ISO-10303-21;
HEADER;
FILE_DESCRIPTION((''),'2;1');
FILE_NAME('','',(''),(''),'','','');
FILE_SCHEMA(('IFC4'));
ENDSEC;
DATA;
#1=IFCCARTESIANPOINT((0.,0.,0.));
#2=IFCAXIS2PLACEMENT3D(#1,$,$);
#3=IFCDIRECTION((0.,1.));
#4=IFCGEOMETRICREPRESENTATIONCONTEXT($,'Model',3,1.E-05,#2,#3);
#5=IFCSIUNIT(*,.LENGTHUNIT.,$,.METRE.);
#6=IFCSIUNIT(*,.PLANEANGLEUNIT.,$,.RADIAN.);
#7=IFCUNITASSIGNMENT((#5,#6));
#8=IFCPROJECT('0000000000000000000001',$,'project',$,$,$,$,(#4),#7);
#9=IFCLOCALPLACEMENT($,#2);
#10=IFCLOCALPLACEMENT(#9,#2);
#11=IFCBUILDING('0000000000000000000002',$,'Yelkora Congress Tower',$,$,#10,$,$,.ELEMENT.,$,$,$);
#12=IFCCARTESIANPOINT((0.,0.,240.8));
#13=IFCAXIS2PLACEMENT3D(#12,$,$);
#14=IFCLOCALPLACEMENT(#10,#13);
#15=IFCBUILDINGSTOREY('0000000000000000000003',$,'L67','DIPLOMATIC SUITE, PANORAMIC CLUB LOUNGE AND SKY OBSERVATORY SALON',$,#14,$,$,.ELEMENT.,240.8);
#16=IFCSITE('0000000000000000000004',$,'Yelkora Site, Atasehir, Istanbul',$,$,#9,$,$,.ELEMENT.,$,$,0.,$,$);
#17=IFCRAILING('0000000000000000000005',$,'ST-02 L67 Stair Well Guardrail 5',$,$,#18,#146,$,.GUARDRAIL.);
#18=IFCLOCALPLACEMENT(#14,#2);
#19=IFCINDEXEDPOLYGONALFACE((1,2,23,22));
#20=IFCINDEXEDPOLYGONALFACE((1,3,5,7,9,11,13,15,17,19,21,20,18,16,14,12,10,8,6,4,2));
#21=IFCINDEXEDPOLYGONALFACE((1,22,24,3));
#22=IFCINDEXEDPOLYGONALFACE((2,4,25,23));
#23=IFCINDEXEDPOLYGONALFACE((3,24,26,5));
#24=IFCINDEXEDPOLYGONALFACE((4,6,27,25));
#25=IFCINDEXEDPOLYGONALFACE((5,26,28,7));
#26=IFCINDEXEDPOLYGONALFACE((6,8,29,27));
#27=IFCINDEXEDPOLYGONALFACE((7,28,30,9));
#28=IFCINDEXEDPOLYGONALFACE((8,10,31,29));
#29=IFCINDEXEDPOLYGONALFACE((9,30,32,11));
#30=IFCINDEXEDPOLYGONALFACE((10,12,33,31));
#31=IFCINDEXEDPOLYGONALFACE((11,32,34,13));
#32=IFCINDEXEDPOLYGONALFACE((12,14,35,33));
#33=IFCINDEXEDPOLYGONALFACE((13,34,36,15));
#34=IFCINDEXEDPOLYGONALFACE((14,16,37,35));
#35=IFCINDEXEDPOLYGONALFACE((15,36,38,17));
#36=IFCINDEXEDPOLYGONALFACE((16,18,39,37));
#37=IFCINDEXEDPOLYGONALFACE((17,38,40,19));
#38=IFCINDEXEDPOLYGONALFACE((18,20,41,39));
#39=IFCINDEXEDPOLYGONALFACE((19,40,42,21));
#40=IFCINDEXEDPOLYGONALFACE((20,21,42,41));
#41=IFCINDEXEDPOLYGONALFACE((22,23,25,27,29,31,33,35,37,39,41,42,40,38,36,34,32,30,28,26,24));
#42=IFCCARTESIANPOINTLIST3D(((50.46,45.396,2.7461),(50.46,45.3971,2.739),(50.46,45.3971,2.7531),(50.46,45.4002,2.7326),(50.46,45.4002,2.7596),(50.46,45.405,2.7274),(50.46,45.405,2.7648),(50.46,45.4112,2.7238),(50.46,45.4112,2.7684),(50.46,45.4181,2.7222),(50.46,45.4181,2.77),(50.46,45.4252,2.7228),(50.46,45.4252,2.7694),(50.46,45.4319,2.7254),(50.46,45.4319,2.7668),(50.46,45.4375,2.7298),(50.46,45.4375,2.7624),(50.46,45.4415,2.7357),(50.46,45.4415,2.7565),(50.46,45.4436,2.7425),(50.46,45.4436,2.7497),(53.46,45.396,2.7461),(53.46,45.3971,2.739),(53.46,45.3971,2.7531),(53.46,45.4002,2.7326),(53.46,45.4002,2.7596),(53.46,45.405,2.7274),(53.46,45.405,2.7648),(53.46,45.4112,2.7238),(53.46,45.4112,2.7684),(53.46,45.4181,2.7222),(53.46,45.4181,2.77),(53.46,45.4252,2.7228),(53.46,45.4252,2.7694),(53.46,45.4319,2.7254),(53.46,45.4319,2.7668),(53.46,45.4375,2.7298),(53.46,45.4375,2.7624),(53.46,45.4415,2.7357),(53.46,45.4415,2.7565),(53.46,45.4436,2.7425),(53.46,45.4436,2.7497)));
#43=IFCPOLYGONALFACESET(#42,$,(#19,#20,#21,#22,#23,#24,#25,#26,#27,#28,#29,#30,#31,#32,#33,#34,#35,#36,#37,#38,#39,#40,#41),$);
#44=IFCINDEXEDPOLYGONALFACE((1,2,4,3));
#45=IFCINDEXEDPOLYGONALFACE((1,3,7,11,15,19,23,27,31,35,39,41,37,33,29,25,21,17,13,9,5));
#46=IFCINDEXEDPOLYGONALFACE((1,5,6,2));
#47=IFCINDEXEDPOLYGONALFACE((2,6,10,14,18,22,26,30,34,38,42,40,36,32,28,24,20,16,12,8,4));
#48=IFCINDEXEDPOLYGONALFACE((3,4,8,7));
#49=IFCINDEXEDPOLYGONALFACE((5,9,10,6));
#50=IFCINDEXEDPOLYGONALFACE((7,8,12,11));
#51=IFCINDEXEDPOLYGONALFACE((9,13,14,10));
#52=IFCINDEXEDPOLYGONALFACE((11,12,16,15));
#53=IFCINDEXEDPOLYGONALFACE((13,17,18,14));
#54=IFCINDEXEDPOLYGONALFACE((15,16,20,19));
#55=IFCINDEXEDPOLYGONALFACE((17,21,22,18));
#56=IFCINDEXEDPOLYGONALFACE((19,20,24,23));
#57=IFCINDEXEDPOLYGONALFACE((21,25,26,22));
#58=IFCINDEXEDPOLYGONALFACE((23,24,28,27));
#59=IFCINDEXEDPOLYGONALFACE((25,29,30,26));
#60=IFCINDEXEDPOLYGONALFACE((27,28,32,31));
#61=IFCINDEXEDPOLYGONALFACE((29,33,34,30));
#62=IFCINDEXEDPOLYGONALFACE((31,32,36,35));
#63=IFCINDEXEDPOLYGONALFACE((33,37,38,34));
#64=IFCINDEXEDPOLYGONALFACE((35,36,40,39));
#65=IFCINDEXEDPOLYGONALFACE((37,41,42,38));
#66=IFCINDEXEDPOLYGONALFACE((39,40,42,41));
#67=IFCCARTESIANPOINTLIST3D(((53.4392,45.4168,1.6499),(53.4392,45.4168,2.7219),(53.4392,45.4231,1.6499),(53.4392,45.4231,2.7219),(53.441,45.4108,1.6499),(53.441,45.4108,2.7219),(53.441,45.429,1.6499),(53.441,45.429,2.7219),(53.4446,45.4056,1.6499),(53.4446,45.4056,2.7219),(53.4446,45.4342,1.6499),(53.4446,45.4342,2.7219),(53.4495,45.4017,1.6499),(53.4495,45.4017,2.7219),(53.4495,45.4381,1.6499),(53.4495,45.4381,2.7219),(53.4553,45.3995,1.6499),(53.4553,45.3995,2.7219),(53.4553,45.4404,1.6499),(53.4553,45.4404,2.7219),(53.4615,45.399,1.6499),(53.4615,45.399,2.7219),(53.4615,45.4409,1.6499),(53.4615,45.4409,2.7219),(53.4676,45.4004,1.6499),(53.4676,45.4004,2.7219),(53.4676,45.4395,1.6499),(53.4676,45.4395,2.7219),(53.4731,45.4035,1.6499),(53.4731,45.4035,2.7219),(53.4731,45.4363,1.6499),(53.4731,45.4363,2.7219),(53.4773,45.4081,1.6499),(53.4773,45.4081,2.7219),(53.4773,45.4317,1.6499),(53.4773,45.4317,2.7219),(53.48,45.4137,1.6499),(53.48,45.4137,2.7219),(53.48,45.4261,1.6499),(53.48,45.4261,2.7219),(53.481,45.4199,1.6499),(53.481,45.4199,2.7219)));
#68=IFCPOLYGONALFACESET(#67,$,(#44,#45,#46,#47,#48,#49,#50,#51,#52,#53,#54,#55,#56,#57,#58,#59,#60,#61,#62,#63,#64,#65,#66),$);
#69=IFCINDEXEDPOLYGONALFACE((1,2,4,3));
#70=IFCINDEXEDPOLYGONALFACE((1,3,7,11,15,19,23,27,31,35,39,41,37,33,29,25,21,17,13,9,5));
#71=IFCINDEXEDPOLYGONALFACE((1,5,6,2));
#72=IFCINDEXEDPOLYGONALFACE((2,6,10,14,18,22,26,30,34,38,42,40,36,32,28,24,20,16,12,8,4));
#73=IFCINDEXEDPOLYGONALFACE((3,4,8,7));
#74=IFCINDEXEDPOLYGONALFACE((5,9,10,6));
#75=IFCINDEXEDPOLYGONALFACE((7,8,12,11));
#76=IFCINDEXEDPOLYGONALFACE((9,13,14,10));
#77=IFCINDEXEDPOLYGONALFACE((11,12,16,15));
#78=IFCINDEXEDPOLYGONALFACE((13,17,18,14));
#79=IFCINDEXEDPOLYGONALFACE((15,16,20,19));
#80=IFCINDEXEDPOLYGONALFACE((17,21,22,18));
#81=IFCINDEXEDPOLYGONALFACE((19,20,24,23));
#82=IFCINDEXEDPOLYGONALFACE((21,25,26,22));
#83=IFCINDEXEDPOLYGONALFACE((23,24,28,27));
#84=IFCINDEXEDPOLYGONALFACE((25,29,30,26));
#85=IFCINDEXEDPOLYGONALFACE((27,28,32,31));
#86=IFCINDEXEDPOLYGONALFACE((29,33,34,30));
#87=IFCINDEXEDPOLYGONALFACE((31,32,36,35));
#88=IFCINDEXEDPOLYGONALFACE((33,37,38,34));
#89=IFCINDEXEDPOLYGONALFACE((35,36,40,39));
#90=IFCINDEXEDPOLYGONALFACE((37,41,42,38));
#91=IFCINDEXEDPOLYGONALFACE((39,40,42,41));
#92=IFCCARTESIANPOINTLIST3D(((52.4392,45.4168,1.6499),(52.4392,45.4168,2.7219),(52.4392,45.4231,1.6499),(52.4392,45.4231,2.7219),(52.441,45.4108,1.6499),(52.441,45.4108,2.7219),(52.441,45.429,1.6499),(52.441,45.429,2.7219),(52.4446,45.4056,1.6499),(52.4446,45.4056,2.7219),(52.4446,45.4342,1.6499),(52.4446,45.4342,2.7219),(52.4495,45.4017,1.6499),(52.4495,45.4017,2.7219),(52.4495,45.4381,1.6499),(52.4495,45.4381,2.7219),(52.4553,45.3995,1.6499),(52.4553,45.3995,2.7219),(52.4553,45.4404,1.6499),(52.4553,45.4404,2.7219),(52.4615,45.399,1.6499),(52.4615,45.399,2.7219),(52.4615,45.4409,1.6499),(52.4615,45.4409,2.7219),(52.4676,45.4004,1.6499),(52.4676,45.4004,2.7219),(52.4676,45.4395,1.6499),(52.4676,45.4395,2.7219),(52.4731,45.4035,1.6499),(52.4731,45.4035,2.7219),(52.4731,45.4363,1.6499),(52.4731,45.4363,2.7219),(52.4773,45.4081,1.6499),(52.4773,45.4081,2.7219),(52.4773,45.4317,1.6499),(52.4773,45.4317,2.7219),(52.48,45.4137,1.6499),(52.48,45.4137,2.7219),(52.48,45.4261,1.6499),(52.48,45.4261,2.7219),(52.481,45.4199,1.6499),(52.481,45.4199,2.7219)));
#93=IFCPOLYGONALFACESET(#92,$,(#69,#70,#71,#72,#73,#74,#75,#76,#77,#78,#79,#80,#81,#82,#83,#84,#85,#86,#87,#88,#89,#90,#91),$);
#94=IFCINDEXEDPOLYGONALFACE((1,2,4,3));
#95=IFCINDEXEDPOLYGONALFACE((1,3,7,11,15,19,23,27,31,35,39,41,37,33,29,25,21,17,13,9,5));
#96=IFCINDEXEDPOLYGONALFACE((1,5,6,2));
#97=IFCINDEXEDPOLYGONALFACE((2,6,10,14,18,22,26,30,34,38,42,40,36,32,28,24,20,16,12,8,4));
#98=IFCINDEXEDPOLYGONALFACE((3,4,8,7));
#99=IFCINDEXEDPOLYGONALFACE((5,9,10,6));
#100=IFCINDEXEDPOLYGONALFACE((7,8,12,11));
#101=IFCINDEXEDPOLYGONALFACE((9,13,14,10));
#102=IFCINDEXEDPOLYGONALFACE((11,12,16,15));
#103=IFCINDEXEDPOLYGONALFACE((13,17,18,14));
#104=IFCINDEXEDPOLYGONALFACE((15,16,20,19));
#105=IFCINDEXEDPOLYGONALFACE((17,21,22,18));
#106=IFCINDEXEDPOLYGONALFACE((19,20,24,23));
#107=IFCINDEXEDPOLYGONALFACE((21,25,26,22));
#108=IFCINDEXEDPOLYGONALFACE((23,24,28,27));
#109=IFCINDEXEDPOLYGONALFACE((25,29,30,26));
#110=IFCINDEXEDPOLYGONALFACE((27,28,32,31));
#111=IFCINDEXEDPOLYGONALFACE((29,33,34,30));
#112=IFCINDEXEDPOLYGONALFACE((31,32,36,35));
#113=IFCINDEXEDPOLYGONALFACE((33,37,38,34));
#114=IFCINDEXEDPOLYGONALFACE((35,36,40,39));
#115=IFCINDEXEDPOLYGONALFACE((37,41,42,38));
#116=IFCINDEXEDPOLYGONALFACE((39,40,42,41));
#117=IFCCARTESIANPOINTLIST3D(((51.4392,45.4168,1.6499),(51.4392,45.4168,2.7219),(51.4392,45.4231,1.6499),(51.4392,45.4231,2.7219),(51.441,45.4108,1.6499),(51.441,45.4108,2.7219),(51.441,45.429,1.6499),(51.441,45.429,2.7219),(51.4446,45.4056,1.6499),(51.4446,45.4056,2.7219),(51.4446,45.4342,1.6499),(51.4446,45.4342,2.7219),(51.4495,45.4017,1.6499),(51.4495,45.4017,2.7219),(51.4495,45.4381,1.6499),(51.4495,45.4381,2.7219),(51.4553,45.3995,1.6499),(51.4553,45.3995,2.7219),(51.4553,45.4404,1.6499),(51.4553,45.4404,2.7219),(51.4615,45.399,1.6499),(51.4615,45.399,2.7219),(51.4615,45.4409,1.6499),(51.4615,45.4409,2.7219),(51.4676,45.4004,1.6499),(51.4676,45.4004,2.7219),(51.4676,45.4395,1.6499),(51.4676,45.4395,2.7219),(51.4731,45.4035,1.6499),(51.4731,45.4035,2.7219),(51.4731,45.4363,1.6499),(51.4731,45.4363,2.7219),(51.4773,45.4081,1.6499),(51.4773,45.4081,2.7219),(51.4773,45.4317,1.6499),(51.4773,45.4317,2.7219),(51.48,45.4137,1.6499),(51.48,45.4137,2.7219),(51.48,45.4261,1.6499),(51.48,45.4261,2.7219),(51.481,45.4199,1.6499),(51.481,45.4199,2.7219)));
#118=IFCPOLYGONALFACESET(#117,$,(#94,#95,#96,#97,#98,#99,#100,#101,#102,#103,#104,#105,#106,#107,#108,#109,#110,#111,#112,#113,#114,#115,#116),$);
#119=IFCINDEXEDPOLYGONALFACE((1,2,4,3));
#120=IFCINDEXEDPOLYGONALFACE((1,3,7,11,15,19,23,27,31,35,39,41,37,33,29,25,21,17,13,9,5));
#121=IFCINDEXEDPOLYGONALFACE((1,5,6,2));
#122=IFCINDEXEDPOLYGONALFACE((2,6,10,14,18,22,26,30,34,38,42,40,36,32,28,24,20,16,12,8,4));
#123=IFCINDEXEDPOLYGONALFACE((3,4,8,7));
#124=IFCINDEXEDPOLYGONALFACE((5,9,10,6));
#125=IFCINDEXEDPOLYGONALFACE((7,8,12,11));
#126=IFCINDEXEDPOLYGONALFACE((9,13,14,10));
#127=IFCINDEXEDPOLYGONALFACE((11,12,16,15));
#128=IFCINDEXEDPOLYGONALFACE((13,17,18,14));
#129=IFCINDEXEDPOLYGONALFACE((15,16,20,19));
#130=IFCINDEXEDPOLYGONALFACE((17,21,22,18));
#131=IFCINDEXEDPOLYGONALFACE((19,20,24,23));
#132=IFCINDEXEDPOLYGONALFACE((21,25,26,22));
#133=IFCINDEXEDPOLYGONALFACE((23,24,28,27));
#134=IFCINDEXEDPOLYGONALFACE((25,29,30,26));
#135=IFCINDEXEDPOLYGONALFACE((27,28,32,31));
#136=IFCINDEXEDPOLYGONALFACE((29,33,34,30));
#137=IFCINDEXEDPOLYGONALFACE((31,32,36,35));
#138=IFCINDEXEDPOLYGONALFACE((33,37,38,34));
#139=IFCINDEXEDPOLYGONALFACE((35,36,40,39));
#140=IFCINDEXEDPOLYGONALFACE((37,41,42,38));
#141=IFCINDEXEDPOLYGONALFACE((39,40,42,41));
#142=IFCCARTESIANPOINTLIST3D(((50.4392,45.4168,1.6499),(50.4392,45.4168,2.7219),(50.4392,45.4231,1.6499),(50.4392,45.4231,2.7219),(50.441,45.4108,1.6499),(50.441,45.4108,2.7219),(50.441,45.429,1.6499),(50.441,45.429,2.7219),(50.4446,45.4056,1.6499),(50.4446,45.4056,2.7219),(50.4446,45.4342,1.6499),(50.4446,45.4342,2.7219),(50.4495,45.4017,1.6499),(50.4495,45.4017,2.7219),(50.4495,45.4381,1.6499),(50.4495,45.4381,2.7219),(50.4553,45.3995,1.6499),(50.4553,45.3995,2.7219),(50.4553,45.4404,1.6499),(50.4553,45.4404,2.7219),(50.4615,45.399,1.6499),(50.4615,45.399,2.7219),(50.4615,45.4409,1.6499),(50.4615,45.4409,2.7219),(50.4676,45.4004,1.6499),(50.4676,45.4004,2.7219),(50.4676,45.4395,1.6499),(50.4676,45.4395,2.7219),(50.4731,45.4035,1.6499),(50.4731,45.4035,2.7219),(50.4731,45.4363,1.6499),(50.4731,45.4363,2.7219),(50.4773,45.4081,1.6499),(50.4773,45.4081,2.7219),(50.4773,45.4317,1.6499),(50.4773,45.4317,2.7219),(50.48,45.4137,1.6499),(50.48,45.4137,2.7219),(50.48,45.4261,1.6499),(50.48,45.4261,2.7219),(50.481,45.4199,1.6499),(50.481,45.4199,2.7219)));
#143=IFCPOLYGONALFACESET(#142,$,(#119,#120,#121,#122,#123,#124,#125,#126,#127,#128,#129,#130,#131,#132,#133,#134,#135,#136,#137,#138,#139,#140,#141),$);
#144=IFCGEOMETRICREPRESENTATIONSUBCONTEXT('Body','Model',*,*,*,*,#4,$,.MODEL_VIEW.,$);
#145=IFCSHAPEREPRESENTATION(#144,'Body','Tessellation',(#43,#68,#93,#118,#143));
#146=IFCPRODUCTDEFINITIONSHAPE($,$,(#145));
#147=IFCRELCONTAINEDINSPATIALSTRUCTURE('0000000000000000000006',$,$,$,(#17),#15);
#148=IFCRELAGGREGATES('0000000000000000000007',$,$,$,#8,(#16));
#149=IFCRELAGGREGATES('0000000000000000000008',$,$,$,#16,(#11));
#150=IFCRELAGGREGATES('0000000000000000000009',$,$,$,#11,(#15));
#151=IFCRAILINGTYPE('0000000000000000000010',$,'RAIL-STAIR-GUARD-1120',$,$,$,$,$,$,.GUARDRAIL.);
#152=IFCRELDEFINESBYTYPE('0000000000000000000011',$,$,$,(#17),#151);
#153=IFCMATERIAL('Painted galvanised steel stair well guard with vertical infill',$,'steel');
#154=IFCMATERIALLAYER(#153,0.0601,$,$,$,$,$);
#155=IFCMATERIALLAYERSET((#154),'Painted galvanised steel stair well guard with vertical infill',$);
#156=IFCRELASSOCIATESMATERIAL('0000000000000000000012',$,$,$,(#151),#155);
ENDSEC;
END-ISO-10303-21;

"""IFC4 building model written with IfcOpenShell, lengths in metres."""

from ifc_helpers import new_model, si_unit, direction, frame, origin, origin_2d, place, context, subcontext, project, spatial, circle, extrude, material, layer, layer_set, type_object, element, save


model = new_model("IFC4")

# Units and contexts
model_context = context("Model", 3, precision=1e-05, world=origin(), true_north=direction((0.0, 1.0)))
body_context = subcontext(model_context, "Body", "Model", "MODEL_VIEW")
ifc_project = project(units=[si_unit("LENGTHUNIT", "METRE"), si_unit("PLANEANGLEUNIT", "RADIAN")], contexts=[model_context])

# Site, building, storey
site_placement = place(None, origin())
site = spatial("IfcSite", under=ifc_project, at=site_placement, Name="Yelkora Site, Atasehir, Istanbul", CompositionType="ELEMENT", RefElevation=0.0)
building_placement = place(site_placement, origin())
building = spatial("IfcBuilding", under=site, at=building_placement, Name="Yelkora Congress Tower", CompositionType="ELEMENT")
storey_placement = place(building_placement, frame((0.0, 0.0, 240.8)))
storey = spatial("IfcBuildingStorey", under=building, at=storey_placement, Name="L67", Description="DIPLOMATIC SUITE, PANORAMIC CLUB LOUNGE AND SKY OBSERVATORY SALON", CompositionType="ELEMENT", Elevation=240.8)

# Railing
ifc_material_1 = material(Name="Painted galvanised steel stair well guard with vertical infill", Category="steel")
ifc_layer_1 = layer(ifc_material_1, 0.0601)
ifc_layer_set_1 = layer_set([ifc_layer_1], Name="Painted galvanised steel stair well guard with vertical infill")
railing_type_1 = type_object("IfcRailingType", Name="RAIL-STAIR-GUARD-1120", PredefinedType="GUARDRAIL", material=ifc_layer_set_1)
railing_1_placement = place(storey_placement, frame((53.46, 45.4199, 1.6499)))
element("IfcRailing", 1, at=railing_1_placement, inside=storey, type_object=railing_type_1, Name="ST-02 L67 Stair Well Guardrail 5", PredefinedType="GUARDRAIL", context=body_context, shape_type="SweptSolid", body=[
    extrude(circle(Radius=0.0239, at=origin_2d()), frame((0.0, 0.0, 1.0962), z_axis=(-1.0, 0.0, 0.0), x_axis=(0.0, -1.0, 0.0)), (0.0, 0.0, 1.0), 3.0),
    extrude(circle(Radius=0.021, at=origin_2d()), origin(), (0.0, 0.0, 1.0), 1.072),
    extrude(circle(Radius=0.021, at=origin_2d()), frame((-1.0, 0.0, 0.0)), (0.0, 0.0, 1.0), 1.072),
    extrude(circle(Radius=0.021, at=origin_2d()), frame((-2.0, 0.0, 0.0)), (0.0, 0.0, 1.0), 1.072),
    extrude(circle(Radius=0.021, at=origin_2d()), frame((-3.0, 0.0, 0.0)), (0.0, 0.0, 1.0), 1.072),
])

save(model, "model.ifc")
